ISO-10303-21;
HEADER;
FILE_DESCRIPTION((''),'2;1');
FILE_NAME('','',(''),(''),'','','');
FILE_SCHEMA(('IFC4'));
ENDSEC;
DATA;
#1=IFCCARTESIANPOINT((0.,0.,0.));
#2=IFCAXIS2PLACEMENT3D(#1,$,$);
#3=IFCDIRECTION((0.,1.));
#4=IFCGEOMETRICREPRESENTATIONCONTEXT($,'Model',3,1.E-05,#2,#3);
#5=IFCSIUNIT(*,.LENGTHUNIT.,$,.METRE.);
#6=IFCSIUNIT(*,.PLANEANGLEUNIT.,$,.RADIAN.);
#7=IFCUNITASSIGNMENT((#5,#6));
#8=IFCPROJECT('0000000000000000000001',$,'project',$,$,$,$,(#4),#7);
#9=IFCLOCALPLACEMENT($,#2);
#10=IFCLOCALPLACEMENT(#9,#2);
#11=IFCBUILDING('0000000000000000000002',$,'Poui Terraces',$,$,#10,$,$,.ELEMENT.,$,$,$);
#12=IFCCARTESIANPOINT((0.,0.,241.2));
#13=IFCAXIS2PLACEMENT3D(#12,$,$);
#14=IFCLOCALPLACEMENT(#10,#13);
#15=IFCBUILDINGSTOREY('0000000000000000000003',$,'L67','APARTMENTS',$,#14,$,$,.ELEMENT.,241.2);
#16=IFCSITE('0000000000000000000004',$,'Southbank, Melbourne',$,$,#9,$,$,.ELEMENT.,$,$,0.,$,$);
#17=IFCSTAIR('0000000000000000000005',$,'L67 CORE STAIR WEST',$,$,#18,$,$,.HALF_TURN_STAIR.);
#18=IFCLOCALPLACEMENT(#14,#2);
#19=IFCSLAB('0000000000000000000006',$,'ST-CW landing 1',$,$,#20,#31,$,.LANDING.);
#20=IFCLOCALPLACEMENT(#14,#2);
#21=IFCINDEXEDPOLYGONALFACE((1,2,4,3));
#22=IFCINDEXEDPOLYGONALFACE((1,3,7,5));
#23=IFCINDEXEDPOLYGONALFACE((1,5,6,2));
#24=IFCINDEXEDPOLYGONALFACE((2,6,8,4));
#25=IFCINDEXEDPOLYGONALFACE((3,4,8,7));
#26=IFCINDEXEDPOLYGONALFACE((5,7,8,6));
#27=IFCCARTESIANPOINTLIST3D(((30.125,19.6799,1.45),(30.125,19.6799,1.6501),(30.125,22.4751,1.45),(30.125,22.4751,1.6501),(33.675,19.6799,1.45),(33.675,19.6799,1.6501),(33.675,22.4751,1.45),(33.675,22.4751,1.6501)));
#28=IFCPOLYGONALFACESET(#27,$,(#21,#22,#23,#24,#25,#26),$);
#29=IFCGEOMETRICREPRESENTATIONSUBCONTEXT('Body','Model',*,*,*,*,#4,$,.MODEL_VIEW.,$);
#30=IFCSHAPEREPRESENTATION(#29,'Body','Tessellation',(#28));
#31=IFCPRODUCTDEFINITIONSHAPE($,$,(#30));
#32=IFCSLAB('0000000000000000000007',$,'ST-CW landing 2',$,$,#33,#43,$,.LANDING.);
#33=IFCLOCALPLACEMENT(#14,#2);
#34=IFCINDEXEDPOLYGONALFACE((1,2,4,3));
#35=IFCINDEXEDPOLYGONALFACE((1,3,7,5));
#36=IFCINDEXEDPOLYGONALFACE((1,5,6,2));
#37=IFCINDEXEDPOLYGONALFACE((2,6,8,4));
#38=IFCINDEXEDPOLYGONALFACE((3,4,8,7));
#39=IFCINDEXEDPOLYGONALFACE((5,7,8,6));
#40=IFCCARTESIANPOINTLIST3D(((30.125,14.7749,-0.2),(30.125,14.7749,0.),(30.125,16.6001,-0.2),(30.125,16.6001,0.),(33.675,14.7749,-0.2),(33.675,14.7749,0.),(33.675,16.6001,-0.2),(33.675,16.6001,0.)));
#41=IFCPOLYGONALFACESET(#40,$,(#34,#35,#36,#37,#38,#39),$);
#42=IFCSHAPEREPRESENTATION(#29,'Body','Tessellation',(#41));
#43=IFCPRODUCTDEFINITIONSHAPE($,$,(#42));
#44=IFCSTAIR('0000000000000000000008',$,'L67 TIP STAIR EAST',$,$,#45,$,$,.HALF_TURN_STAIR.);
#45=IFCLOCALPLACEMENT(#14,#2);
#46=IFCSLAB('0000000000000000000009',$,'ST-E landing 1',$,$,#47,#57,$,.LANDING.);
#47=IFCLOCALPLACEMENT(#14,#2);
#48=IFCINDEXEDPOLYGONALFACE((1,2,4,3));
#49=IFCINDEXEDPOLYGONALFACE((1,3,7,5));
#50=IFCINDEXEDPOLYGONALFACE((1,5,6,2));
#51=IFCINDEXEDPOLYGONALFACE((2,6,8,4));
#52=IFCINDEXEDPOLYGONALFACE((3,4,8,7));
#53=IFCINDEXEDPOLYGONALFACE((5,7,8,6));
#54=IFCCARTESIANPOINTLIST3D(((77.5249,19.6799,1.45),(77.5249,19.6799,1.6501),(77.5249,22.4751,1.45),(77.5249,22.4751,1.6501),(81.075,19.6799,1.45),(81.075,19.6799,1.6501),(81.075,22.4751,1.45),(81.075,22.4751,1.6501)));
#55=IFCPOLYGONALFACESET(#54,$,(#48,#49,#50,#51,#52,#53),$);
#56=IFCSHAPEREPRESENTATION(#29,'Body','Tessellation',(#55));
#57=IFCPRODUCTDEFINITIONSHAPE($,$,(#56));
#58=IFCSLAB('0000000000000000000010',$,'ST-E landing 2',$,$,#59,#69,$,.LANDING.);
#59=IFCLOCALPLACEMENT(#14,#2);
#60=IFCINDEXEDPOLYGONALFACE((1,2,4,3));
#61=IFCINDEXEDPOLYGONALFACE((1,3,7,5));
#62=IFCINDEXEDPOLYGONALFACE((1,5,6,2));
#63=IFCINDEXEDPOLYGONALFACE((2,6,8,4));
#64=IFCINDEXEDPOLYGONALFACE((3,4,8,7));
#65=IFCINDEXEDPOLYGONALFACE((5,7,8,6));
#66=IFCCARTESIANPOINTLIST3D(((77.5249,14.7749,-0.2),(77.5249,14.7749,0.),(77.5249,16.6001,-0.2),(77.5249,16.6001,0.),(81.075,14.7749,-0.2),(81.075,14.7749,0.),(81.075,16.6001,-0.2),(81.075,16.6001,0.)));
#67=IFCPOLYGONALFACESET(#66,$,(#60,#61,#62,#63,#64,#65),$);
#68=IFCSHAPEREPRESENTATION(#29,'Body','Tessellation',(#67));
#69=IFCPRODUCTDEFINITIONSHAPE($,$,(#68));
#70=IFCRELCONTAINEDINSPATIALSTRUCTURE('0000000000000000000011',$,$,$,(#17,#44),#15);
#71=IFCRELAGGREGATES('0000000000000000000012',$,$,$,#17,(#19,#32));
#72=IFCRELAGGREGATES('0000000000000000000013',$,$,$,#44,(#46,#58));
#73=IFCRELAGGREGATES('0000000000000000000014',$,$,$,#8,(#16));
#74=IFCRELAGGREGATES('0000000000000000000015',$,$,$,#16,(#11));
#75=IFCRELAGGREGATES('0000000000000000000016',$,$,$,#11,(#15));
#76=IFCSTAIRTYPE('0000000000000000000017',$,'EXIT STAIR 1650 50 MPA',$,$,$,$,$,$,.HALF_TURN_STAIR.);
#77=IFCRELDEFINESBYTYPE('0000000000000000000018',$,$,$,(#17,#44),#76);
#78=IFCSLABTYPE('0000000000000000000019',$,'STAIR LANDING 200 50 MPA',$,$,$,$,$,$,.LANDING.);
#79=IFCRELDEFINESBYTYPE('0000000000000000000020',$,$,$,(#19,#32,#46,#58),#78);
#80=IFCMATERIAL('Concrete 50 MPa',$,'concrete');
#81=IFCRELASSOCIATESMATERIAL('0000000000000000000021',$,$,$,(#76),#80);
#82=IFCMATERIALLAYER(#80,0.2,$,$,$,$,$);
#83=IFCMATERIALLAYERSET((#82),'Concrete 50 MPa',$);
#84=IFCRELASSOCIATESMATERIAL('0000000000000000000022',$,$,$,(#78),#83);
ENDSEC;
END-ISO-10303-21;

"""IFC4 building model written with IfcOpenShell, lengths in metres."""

from ifc_helpers import new_model, si_unit, direction, frame, origin, place, context, subcontext, project, spatial, polyline, outline, extrude, material, layer, layer_set, type_object, element, aggregate, save


model = new_model("IFC4")

# Units and contexts
model_context = context("Model", 3, precision=1e-05, world=origin(), true_north=direction((0.0, 1.0)))
body_context = subcontext(model_context, "Body", "Model", "MODEL_VIEW")
ifc_project = project(units=[si_unit("LENGTHUNIT", "METRE"), si_unit("PLANEANGLEUNIT", "RADIAN")], contexts=[model_context])

# Site, building, storey
site_placement = place(None, origin())
site = spatial("IfcSite", under=ifc_project, at=site_placement, Name="Southbank, Melbourne", CompositionType="ELEMENT", RefElevation=0.0)
building_placement = place(site_placement, origin())
building = spatial("IfcBuilding", under=site, at=building_placement, Name="Poui Terraces", CompositionType="ELEMENT")
storey_placement = place(building_placement, frame((0.0, 0.0, 241.2)))
storey = spatial("IfcBuildingStorey", under=building, at=storey_placement, Name="L67", Description="APARTMENTS", CompositionType="ELEMENT", Elevation=241.2)

# Stairs, slabs
ifc_material = material(Name="Concrete 50 MPa", Category="concrete")
stair_type = type_object("IfcStairType", Name="EXIT STAIR 1650 50 MPA", PredefinedType="HALF_TURN_STAIR", material=ifc_material)
stair_1_placement = place(storey_placement, origin())
stair_1 = element("IfcStair", 1, at=stair_1_placement, inside=storey, type_object=stair_type, Name="L67 CORE STAIR WEST", PredefinedType="HALF_TURN_STAIR")
ifc_layer = layer(ifc_material, 0.2)
ifc_layer_set = layer_set([ifc_layer], Name="Concrete 50 MPa")
slab_type = type_object("IfcSlabType", Name="STAIR LANDING 200 50 MPA", PredefinedType="LANDING", material=ifc_layer_set)
slab_1_placement = place(storey_placement, frame((0.0, 0.0, 1.45)))
slab_1 = element("IfcSlab", 2, at=slab_1_placement, type_object=slab_type, Name="ST-CW landing 1", PredefinedType="LANDING", context=body_context, shape_type="SweptSolid", body=[
    extrude(outline(polyline([(30.125, 19.6799), (33.675, 19.6799), (33.675, 22.4751), (30.125, 22.4751), (30.125, 19.6799)])), origin(), (0.0, 0.0, 1.0), 0.2002),
])
slab_2_placement = place(storey_placement, frame((0.0, 0.0, -0.2)))
slab_2 = element("IfcSlab", 3, at=slab_2_placement, type_object=slab_type, Name="ST-CW landing 2", PredefinedType="LANDING", context=body_context, shape_type="SweptSolid", body=[
    extrude(outline(polyline([(30.125, 14.7749), (33.675, 14.7749), (33.675, 16.6001), (30.125, 16.6001), (30.125, 14.7749)])), origin(), (0.0, 0.0, 1.0), 0.2),
])
aggregate(stair_1, [slab_1, slab_2])
stair_2_placement = place(storey_placement, origin())
stair_2 = element("IfcStair", 4, at=stair_2_placement, inside=storey, type_object=stair_type, Name="L67 TIP STAIR EAST", PredefinedType="HALF_TURN_STAIR")
slab_3_placement = place(storey_placement, frame((0.0, 0.0, 1.45)))
slab_3 = element("IfcSlab", 5, at=slab_3_placement, type_object=slab_type, Name="ST-E landing 1", PredefinedType="LANDING", context=body_context, shape_type="SweptSolid", body=[
    extrude(outline(polyline([(77.5249, 19.6799), (81.075, 19.6799), (81.075, 22.4751), (77.5249, 22.4751), (77.5249, 19.6799)])), origin(), (0.0, 0.0, 1.0), 0.2002),
])
slab_4_placement = place(storey_placement, frame((0.0, 0.0, -0.2)))
slab_4 = element("IfcSlab", 6, at=slab_4_placement, type_object=slab_type, Name="ST-E landing 2", PredefinedType="LANDING", context=body_context, shape_type="SweptSolid", body=[
    extrude(outline(polyline([(77.5249, 14.7749), (81.075, 14.7749), (81.075, 16.6001), (77.5249, 16.6001), (77.5249, 14.7749)])), origin(), (0.0, 0.0, 1.0), 0.2),
])
aggregate(stair_2, [slab_3, slab_4])

save(model, "model.ifc")
